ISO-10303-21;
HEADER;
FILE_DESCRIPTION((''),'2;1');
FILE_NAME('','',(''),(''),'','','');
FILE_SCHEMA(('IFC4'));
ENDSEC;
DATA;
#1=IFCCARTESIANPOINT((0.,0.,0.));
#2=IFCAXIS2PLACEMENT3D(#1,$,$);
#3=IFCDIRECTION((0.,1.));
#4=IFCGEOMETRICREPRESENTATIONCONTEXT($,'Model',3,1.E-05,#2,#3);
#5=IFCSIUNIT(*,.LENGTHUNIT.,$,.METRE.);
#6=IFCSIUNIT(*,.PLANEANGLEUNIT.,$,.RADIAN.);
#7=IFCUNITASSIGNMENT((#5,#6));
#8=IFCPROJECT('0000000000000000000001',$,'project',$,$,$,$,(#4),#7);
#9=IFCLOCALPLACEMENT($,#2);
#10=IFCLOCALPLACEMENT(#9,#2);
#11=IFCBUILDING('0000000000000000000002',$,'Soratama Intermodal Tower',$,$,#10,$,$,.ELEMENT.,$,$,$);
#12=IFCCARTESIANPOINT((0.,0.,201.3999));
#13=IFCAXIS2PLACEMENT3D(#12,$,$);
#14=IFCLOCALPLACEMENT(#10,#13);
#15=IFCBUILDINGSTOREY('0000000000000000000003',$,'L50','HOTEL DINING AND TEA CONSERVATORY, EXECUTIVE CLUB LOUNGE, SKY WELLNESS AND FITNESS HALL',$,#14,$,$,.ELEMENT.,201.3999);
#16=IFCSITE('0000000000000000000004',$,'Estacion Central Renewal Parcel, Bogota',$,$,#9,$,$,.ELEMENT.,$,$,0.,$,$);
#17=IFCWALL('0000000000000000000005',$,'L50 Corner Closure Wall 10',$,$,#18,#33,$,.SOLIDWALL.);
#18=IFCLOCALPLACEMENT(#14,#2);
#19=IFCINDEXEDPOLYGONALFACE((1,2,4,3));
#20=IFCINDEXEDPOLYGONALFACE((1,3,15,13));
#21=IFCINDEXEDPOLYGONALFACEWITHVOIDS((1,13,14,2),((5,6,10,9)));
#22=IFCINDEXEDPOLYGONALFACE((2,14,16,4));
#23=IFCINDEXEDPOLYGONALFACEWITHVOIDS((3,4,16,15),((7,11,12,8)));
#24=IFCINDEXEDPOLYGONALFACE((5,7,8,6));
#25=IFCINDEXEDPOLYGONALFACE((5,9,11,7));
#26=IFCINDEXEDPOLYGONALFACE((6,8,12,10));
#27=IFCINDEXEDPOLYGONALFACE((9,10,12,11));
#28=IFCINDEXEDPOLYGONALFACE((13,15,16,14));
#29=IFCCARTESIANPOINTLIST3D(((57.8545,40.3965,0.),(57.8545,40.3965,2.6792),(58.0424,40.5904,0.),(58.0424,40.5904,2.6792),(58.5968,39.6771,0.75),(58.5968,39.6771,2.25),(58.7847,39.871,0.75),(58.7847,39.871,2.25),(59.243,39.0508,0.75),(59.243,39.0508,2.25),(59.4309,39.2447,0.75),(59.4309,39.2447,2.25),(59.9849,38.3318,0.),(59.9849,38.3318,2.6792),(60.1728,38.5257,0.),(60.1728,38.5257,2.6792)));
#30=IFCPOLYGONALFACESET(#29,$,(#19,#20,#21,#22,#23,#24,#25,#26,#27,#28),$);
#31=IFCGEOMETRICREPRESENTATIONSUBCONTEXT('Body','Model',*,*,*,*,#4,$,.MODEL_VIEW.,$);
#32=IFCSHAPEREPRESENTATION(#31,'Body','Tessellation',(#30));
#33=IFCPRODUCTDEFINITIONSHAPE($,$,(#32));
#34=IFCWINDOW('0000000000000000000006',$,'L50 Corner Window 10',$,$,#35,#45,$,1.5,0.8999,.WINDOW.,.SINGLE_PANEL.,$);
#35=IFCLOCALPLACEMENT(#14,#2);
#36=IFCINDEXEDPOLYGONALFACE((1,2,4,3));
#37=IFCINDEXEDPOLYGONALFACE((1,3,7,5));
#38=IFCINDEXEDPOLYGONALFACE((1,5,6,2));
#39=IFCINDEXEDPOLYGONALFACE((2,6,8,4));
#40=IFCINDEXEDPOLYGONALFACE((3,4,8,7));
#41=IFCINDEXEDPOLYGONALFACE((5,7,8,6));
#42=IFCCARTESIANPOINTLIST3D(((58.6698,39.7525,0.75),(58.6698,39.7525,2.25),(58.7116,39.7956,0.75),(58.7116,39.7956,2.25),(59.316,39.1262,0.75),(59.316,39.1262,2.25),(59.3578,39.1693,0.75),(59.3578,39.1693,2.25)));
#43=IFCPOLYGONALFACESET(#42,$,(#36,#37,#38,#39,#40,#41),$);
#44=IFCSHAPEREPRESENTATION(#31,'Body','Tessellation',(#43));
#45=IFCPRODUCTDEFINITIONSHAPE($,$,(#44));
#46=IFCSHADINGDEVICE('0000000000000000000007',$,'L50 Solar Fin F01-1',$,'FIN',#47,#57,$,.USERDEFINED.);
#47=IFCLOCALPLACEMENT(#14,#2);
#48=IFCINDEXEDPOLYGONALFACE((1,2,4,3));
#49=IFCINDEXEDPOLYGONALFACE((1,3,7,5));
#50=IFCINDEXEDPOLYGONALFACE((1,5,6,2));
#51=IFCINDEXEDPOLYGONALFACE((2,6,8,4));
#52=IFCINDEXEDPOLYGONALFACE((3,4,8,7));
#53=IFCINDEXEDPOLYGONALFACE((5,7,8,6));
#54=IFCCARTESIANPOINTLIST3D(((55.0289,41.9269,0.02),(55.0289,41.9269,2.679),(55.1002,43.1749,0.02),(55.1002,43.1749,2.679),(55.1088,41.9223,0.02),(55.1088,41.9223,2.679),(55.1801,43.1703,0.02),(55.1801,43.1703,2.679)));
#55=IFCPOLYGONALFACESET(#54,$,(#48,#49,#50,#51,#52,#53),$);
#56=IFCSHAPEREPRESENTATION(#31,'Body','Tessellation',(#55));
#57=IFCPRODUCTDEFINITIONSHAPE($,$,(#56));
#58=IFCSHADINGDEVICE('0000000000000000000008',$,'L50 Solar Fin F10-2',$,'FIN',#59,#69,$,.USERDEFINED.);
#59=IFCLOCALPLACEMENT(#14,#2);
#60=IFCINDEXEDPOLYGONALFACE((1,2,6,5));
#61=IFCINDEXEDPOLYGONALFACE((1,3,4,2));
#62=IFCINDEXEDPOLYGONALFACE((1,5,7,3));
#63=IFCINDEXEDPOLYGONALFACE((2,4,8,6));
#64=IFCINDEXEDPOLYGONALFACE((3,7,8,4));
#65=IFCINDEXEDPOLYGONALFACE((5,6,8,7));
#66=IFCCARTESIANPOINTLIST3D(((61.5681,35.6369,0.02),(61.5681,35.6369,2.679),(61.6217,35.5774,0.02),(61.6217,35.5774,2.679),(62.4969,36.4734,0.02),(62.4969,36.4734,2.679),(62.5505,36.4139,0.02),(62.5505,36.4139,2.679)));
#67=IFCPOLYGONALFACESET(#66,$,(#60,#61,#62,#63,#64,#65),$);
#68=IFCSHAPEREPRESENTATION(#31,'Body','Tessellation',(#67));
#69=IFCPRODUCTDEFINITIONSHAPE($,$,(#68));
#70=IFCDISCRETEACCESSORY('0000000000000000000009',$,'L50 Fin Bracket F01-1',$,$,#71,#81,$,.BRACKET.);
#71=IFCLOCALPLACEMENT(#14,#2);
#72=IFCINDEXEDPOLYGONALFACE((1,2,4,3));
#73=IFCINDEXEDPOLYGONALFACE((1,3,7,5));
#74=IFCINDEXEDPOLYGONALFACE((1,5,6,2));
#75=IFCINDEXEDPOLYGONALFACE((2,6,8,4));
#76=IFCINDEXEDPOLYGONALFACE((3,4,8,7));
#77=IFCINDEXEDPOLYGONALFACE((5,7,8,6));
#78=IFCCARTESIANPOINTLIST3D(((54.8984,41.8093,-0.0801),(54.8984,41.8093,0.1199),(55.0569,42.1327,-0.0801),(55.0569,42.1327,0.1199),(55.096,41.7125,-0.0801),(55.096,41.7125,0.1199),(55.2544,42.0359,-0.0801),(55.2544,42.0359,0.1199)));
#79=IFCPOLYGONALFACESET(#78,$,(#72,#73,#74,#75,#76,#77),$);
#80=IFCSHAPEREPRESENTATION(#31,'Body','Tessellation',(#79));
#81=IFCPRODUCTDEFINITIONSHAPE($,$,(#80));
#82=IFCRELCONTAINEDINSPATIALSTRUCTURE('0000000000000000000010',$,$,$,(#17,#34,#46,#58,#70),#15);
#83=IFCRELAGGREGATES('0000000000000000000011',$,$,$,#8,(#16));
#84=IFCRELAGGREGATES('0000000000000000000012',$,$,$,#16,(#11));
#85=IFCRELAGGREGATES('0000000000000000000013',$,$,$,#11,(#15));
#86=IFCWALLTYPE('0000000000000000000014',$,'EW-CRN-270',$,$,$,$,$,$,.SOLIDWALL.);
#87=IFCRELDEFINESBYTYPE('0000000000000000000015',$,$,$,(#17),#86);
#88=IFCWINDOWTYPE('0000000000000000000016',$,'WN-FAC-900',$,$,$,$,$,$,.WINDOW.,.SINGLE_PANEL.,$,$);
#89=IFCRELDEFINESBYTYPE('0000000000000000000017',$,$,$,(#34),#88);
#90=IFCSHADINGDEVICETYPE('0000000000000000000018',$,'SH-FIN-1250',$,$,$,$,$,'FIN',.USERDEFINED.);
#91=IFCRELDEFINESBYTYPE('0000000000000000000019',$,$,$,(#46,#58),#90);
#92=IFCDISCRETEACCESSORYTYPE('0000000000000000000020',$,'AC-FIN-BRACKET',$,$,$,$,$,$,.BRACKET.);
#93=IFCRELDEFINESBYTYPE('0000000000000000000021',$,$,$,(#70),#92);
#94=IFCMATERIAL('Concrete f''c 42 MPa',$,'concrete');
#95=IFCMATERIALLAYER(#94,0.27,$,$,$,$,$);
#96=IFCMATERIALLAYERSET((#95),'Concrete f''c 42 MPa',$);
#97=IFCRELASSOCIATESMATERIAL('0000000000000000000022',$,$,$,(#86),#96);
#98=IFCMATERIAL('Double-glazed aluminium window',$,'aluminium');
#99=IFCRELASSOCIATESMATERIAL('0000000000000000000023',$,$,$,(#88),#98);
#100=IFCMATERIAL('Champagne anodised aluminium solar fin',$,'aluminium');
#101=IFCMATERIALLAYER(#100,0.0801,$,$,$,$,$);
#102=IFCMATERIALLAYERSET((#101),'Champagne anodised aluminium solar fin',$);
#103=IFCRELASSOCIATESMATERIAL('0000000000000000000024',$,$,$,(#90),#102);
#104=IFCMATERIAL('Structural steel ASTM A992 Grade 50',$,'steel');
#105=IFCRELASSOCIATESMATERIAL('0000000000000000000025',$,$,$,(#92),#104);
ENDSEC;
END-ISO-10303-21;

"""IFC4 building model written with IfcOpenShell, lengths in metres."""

from ifc_helpers import new_model, si_unit, direction, frame, frame_2d, origin, origin_2d, place, context, subcontext, project, spatial, rectangle, extrude, material, layer, layer_set, type_object, element, fill, save


model = new_model("IFC4")

# Units and contexts
model_context = context("Model", 3, precision=1e-05, world=origin(), true_north=direction((0.0, 1.0)))
body_context = subcontext(model_context, "Body", "Model", "MODEL_VIEW")
ifc_project = project(units=[si_unit("LENGTHUNIT", "METRE"), si_unit("PLANEANGLEUNIT", "RADIAN")], contexts=[model_context])

# Site, building, storey
site_placement = place(None, origin())
site = spatial("IfcSite", under=ifc_project, at=site_placement, Name="Estacion Central Renewal Parcel, Bogota", CompositionType="ELEMENT", RefElevation=0.0)
building_placement = place(site_placement, origin())
building = spatial("IfcBuilding", under=site, at=building_placement, Name="Soratama Intermodal Tower", CompositionType="ELEMENT")
storey_placement = place(building_placement, frame((0.0, 0.0, 201.3999)))
storey = spatial("IfcBuildingStorey", under=building, at=storey_placement, Name="L50", Description="HOTEL DINING AND TEA CONSERVATORY, EXECUTIVE CLUB LOUNGE, SKY WELLNESS AND FITNESS HALL", CompositionType="ELEMENT", Elevation=201.3999)

# Wall, opening, window
ifc_material_1 = material(Name="Concrete f'c 42 MPa", Category="concrete")
ifc_layer_1 = layer(ifc_material_1, 0.27)
ifc_layer_set_1 = layer_set([ifc_layer_1], Name="Concrete f'c 42 MPa")
wall_type = type_object("IfcWallType", Name="EW-CRN-270", PredefinedType="SOLIDWALL", material=ifc_layer_set_1)
wall_placement = place(storey_placement, frame((60.0789, 38.4287, 0.0), z_axis=(0.0, 0.0, 1.0), x_axis=(-0.718089, 0.695952, 0.0)))
wall = element("IfcWall", 1, at=wall_placement, inside=storey, type_object=wall_type, Name="L50 Corner Closure Wall 10", PredefinedType="SOLIDWALL", context=body_context, shape_type="SweptSolid", body=[
    extrude(rectangle(XDim=2.9668, YDim=0.27, at=frame_2d((1.4834, 0.0))), origin(), (0.0, 0.0, 1.0), 2.6792),
])
opening_placement = place(wall_placement, frame((1.0332, 0.0, 0.75)))
opening = element("IfcOpeningElement", 2, at=opening_placement, cuts=wall, PredefinedType="OPENING", context=body_context, shape_type="SweptSolid", body=[
    extrude(rectangle(XDim=0.8999, YDim=1.5, at=frame_2d((0.45, 0.75))), frame((0.0, 0.145, 0.0), z_axis=(0.0, -1.0, 0.0), x_axis=(1.0, 0.0, 0.0)), (0.0, 0.0, 1.0), 0.29),
])
ifc_material_2 = material(Name="Double-glazed aluminium window", Category="aluminium")
window_type = type_object("IfcWindowType", Name="WN-FAC-900", PartitioningType="SINGLE_PANEL", PredefinedType="WINDOW", material=ifc_material_2)
window_placement = place(opening_placement, origin())
window = element("IfcWindow", 3, at=window_placement, inside=storey, type_object=window_type, Name="L50 Corner Window 10", OverallHeight=1.5, OverallWidth=0.8999, PartitioningType="SINGLE_PANEL", PredefinedType="WINDOW", context=body_context, shape_type="SweptSolid", body=[
    extrude(rectangle(XDim=0.8999, YDim=1.5, at=frame_2d((0.45, 0.75))), frame((0.0, 0.03, 0.0), z_axis=(0.0, -1.0, 0.0), x_axis=(1.0, 0.0, 0.0)), (0.0, 0.0, 1.0), 0.0601),
])
fill(opening, window)

# Shading devices
ifc_material_3 = material(Name="Champagne anodised aluminium solar fin", Category="aluminium")
ifc_layer_2 = layer(ifc_material_3, 0.0801)
ifc_layer_set_2 = layer_set([ifc_layer_2], Name="Champagne anodised aluminium solar fin")
shading_device_type = type_object("IfcShadingDeviceType", Name="SH-FIN-1250", ElementType="FIN", PredefinedType="USERDEFINED", material=ifc_layer_set_2)
for number, where, z_axis, x_axis, name in (
    (4, (55.1045, 42.5486, 0.02), (0.0, 0.0, 1.0), (0.057041, 0.998372, 0.0), "L50 Solar Fin F01-1"),
    (5, (62.0593, 36.0254, 0.02), (0.0, 0.0, 1.0), (0.743028, 0.66926, 0.0), "L50 Solar Fin F10-2"),
):
    element("IfcShadingDevice", number, at=place(storey_placement, frame(where, z_axis=z_axis, x_axis=x_axis)), inside=storey, type_object=shading_device_type, Name=name, ObjectType="FIN", PredefinedType="USERDEFINED", context=body_context, shape_type="SweptSolid", body=[
        extrude(rectangle(XDim=1.25, YDim=0.0801, at=origin_2d()), origin(), (0.0, 0.0, 1.0), 2.6589),
    ])

# Discrete accessory
ifc_material_4 = material(Name="Structural steel ASTM A992 Grade 50", Category="steel")
discrete_accessory_type = type_object("IfcDiscreteAccessoryType", Name="AC-FIN-BRACKET", PredefinedType="BRACKET", material=ifc_material_4)
discrete_accessory_placement = place(storey_placement, frame((55.0764, 41.9226, -0.0801), z_axis=(0.0, 0.0, 1.0), x_axis=(0.439939, 0.898028, 0.0)))
element("IfcDiscreteAccessory", 6, at=discrete_accessory_placement, inside=storey, type_object=discrete_accessory_type, Name="L50 Fin Bracket F01-1", PredefinedType="BRACKET", context=body_context, shape_type="SweptSolid", body=[
    extrude(rectangle(XDim=0.3601, YDim=0.22, at=origin_2d()), origin(), (0.0, 0.0, 1.0), 0.2),
])

save(model, "model.ifc")
